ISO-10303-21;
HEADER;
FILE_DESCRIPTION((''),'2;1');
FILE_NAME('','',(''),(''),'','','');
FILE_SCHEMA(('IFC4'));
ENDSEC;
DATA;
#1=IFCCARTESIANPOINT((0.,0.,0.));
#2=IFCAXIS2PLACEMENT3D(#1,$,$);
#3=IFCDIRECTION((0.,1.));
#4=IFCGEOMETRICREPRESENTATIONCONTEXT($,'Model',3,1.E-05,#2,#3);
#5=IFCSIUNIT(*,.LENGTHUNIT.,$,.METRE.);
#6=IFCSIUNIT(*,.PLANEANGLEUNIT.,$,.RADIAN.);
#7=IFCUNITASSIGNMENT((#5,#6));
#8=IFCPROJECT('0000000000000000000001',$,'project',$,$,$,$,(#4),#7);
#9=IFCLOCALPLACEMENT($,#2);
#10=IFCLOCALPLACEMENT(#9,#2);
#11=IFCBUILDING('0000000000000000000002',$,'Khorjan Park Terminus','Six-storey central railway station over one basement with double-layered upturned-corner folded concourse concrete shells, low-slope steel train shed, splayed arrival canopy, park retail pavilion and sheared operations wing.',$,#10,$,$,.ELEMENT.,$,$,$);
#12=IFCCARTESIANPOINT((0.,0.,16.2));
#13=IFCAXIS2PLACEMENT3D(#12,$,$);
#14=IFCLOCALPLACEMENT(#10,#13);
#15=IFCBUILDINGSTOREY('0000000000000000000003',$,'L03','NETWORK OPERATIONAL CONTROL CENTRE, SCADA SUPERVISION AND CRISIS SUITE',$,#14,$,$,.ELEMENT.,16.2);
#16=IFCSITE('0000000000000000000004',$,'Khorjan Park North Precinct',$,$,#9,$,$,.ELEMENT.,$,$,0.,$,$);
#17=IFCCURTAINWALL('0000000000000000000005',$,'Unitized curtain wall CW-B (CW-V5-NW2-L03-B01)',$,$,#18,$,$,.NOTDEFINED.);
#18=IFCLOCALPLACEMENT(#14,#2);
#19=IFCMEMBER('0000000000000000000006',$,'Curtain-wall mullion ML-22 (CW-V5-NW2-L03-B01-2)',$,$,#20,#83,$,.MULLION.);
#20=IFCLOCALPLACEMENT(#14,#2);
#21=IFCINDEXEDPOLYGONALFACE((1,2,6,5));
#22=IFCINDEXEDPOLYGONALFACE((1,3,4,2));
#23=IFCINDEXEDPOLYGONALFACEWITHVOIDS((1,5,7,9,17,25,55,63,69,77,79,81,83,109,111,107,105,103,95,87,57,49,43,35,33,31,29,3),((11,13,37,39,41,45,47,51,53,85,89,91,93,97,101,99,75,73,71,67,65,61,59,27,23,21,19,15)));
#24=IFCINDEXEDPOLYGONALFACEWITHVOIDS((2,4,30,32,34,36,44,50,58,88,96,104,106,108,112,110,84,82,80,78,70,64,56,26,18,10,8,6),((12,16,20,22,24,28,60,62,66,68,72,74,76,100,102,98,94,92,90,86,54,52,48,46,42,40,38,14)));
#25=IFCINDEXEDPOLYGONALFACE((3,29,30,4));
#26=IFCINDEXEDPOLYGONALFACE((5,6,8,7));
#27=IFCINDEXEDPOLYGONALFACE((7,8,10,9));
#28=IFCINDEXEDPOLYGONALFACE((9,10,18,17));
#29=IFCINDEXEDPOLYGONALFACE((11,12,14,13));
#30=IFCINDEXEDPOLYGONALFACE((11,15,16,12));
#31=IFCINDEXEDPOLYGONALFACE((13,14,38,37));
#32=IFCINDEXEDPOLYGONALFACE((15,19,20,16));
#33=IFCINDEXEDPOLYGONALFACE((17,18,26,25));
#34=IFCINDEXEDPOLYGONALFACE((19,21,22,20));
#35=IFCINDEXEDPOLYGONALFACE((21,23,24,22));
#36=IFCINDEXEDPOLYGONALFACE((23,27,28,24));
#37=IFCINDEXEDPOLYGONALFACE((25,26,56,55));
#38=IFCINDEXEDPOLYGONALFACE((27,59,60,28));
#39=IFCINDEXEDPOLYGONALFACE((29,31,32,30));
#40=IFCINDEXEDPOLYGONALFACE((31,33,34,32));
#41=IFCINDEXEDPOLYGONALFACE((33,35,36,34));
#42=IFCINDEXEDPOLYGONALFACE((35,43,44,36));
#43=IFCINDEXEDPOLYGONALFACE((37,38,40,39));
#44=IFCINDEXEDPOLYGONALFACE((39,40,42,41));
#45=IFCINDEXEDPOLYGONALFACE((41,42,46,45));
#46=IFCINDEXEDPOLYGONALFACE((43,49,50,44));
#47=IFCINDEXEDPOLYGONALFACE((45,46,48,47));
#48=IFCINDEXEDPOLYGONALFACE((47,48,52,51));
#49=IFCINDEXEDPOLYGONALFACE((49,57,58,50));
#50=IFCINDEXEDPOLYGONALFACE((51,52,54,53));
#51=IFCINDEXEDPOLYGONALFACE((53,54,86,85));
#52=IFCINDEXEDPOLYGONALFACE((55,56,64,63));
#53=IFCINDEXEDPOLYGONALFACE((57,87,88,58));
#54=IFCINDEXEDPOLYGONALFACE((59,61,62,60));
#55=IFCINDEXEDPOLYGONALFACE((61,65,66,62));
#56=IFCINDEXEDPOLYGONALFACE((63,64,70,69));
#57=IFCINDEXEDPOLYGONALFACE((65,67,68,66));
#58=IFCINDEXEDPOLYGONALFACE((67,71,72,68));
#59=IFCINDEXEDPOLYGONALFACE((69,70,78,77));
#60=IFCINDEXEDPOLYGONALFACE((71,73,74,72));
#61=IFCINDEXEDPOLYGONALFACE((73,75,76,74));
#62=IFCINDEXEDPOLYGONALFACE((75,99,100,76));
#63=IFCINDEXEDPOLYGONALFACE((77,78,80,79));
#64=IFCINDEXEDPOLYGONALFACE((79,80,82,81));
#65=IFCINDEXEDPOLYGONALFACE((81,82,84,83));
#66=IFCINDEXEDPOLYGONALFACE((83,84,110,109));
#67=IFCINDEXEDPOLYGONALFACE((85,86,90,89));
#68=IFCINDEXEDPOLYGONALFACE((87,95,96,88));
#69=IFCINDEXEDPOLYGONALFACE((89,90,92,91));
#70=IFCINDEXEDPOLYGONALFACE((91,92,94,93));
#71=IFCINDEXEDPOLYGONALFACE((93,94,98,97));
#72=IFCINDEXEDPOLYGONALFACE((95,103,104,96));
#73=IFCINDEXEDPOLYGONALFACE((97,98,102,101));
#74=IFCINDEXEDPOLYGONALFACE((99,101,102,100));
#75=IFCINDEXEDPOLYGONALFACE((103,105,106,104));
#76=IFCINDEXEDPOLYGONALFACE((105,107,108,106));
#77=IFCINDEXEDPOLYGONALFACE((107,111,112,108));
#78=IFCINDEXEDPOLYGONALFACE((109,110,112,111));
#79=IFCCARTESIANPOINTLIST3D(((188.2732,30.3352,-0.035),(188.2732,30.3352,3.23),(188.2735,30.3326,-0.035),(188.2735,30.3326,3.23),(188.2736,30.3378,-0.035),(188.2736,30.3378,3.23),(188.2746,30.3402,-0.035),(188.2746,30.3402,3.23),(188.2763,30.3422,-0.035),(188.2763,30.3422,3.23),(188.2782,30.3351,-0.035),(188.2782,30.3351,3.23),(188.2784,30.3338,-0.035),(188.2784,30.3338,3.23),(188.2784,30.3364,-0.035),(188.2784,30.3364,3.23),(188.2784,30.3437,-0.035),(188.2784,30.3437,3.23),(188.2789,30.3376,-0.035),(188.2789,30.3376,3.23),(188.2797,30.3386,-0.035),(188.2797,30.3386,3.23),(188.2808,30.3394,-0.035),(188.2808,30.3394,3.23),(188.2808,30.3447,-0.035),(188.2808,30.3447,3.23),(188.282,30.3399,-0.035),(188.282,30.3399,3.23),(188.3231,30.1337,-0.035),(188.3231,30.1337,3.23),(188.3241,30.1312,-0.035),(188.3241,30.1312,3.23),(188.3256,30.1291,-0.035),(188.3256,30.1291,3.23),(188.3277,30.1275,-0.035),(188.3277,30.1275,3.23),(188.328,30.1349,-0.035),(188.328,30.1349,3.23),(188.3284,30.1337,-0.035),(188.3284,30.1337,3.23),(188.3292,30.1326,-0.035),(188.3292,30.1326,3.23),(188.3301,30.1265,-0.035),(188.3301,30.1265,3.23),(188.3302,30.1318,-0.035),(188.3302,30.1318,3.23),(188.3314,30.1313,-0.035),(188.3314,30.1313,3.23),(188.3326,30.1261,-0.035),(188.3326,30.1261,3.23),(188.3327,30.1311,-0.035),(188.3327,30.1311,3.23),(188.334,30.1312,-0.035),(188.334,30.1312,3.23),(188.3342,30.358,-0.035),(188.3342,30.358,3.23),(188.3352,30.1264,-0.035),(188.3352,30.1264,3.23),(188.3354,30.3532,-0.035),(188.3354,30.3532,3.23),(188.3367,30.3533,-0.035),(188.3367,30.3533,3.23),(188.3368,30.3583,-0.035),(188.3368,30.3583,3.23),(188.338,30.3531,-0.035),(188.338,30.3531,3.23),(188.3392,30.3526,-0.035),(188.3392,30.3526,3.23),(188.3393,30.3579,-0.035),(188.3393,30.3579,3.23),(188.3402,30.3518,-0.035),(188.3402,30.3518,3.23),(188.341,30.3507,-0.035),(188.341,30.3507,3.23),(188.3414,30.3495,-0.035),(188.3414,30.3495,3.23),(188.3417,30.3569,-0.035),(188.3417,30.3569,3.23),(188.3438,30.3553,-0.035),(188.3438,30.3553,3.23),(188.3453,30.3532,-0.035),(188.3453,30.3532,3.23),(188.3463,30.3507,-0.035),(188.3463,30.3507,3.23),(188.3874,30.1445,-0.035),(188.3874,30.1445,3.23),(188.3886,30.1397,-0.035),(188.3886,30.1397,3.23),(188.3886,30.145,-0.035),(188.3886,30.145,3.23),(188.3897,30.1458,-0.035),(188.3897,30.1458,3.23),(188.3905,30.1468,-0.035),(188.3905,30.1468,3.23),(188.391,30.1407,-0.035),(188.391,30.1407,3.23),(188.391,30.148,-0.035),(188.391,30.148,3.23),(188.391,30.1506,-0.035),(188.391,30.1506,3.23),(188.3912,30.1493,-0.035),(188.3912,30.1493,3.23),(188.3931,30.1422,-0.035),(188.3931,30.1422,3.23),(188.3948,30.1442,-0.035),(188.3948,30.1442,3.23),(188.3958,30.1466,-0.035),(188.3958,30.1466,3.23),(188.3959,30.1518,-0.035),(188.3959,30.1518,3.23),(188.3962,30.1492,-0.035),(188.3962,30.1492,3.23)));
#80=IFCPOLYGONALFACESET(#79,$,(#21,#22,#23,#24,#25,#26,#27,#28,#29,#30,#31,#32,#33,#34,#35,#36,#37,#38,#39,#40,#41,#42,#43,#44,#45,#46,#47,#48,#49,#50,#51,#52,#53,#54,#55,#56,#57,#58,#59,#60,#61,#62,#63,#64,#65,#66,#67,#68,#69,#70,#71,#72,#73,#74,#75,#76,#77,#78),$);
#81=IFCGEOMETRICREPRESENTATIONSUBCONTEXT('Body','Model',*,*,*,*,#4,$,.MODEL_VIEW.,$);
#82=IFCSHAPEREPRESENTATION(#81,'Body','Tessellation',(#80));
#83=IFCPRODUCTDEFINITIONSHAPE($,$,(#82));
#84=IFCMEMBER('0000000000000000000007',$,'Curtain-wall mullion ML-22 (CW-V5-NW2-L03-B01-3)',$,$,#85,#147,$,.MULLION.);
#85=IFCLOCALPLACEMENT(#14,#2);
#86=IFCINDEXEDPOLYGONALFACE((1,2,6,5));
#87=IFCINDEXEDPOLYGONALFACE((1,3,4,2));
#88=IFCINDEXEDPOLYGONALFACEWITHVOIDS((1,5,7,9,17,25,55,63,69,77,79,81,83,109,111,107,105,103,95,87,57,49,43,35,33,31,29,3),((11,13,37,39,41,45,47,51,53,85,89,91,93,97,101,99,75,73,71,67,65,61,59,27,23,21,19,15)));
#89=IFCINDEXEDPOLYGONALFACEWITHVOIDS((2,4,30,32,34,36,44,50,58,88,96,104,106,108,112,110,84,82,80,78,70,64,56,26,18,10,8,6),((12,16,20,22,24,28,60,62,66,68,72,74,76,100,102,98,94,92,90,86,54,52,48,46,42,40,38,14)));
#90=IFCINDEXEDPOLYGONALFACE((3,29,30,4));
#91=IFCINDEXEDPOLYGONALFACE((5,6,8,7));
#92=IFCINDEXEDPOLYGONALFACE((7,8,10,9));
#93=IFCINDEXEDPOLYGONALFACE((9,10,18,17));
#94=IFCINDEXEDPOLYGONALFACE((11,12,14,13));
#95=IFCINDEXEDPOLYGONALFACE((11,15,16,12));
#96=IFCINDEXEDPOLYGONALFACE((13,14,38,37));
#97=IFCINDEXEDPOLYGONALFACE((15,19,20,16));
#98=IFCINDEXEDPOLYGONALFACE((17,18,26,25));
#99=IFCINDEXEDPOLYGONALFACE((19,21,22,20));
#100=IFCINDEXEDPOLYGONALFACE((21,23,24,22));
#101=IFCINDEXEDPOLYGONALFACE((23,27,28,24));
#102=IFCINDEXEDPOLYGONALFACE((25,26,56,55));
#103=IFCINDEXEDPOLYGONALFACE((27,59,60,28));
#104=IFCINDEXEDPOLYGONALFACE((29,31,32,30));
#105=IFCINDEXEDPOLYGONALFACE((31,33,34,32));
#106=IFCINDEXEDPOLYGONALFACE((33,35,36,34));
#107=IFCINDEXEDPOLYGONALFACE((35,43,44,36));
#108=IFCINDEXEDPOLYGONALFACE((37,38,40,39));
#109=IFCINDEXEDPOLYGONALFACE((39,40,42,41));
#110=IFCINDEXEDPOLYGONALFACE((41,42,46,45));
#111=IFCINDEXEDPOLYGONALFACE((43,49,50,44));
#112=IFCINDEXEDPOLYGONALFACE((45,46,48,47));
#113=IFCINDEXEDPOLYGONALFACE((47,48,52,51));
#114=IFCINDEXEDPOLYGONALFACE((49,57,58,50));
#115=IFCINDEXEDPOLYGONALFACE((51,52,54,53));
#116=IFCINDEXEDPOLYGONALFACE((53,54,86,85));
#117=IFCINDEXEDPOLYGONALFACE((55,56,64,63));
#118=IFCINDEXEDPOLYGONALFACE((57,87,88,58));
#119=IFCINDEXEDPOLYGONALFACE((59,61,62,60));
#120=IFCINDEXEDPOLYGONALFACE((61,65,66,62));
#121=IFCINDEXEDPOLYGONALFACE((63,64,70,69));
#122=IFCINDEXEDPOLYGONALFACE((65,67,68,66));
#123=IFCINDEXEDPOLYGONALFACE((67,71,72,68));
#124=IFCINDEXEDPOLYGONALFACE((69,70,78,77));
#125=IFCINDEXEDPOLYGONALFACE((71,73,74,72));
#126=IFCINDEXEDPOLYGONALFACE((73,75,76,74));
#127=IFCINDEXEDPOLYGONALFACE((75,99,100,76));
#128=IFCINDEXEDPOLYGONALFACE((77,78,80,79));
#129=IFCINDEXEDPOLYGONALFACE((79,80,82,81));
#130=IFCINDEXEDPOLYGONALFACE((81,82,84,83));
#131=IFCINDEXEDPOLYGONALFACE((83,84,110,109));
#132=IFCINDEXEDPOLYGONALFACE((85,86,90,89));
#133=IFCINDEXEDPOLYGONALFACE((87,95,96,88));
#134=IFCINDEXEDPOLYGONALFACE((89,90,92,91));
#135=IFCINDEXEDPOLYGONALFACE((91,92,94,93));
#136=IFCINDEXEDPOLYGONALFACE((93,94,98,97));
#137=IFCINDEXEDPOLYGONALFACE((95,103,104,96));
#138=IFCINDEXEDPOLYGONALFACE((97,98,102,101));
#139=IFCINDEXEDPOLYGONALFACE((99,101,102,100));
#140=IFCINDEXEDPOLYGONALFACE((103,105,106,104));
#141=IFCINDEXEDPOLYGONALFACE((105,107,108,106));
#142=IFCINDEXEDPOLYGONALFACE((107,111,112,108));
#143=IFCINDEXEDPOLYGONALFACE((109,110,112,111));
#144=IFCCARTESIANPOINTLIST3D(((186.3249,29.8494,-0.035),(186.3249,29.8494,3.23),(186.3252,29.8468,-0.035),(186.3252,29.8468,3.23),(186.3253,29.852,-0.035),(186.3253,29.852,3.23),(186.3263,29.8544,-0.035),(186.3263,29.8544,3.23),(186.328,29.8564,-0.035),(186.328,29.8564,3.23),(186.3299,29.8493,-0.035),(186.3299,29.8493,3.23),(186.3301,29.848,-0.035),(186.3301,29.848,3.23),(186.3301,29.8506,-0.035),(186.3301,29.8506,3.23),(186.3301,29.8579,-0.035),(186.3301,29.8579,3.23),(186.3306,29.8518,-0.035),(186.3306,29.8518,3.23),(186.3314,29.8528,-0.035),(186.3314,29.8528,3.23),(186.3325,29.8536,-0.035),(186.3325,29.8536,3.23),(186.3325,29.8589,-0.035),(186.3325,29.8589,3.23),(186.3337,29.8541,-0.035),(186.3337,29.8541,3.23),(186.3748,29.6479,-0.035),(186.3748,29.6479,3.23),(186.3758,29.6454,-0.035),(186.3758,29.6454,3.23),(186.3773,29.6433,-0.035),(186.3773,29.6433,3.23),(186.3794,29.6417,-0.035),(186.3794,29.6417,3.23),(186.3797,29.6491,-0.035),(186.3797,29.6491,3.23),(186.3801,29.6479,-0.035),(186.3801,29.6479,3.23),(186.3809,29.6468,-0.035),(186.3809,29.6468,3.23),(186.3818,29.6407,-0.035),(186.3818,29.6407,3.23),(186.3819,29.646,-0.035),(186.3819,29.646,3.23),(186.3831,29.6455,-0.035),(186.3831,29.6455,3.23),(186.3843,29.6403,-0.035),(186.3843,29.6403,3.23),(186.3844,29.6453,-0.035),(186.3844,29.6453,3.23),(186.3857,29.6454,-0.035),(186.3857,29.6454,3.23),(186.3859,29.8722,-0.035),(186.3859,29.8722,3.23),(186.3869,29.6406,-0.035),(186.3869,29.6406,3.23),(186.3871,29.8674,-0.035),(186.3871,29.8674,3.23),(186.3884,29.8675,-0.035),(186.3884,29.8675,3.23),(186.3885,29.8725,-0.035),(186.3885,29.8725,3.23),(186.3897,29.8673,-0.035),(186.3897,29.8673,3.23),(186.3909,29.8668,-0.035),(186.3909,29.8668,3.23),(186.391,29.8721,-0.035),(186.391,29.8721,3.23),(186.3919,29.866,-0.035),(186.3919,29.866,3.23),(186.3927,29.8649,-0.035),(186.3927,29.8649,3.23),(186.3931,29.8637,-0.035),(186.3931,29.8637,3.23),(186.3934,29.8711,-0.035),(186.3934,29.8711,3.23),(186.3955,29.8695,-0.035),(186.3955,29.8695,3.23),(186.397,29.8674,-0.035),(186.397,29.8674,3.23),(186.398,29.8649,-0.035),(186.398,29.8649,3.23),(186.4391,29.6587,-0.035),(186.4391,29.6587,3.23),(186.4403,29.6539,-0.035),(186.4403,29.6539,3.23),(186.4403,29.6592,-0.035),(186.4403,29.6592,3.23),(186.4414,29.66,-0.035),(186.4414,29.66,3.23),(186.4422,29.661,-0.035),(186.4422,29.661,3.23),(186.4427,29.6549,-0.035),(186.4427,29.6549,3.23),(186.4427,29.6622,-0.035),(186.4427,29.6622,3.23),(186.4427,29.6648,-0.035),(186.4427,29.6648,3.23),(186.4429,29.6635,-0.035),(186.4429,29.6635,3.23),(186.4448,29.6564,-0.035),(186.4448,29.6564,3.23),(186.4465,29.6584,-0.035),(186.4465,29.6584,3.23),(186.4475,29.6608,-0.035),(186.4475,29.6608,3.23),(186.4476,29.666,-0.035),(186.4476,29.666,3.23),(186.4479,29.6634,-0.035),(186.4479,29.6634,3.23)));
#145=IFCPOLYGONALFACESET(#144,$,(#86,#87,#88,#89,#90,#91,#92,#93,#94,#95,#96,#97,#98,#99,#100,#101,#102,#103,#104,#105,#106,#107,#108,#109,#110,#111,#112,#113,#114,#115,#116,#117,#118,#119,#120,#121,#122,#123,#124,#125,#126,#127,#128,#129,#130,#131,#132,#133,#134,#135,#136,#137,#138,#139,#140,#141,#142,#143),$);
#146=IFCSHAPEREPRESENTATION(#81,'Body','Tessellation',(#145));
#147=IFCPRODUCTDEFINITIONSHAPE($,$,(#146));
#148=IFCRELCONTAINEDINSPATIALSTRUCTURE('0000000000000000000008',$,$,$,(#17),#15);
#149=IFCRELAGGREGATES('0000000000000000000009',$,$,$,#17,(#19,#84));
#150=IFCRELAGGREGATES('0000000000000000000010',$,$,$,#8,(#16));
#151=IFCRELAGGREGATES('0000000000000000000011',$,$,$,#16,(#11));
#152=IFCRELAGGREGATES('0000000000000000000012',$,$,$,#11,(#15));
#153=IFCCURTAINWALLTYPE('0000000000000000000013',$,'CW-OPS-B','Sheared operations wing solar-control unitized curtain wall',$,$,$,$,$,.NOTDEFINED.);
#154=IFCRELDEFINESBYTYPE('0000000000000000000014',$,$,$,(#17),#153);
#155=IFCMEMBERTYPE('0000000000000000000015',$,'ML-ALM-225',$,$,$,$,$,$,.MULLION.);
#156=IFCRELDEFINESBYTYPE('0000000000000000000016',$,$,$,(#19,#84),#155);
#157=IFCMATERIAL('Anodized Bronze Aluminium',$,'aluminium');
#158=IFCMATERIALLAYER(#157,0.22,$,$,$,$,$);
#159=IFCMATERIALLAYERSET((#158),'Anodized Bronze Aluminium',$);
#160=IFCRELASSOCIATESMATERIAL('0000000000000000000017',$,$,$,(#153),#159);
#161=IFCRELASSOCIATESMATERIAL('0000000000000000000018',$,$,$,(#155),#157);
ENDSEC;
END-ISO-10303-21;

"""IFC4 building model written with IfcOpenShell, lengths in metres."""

from ifc_helpers import new_model, si_unit, direction, frame, origin, origin_2d, place, context, subcontext, project, spatial, hollow_rectangle, extrude, material, layer, layer_set, material_profile, profile_set, type_object, element, aggregate, save


model = new_model("IFC4")

# Units and contexts
model_context = context("Model", 3, precision=1e-05, world=origin(), true_north=direction((0.0, 1.0)))
body_context = subcontext(model_context, "Body", "Model", "MODEL_VIEW")
ifc_project = project(units=[si_unit("LENGTHUNIT", "METRE"), si_unit("PLANEANGLEUNIT", "RADIAN")], contexts=[model_context])

# Site, building, storey
site_placement = place(None, origin())
site = spatial("IfcSite", under=ifc_project, at=site_placement, Name="Khorjan Park North Precinct", CompositionType="ELEMENT", RefElevation=0.0)
building_placement = place(site_placement, origin())
building = spatial("IfcBuilding", under=site, at=building_placement, Name="Khorjan Park Terminus", Description="Six-storey central railway station over one basement with double-layered upturned-corner folded concourse concrete shells, low-slope steel train shed, splayed arrival canopy, park retail pavilion and sheared operations wing.", CompositionType="ELEMENT")
storey_placement = place(building_placement, frame((0.0, 0.0, 16.2)))
storey = spatial("IfcBuildingStorey", under=building, at=storey_placement, Name="L03", Description="NETWORK OPERATIONAL CONTROL CENTRE, SCADA SUPERVISION AND CRISIS SUITE", CompositionType="ELEMENT", Elevation=16.2)

# Curtain wall, members
ifc_material_1 = material(Name="Anodized Bronze Aluminium", Category="aluminium")
ifc_layer_1 = layer(ifc_material_1, 0.22)
ifc_layer_set_1 = layer_set([ifc_layer_1], Name="Anodized Bronze Aluminium")
curtain_wall_type = type_object("IfcCurtainWallType", Name="CW-OPS-B", Description="Sheared operations wing solar-control unitized curtain wall", PredefinedType="NOTDEFINED", material=ifc_layer_set_1)
ifc_material_profile_1 = material_profile(ifc_material_1, hollow_rectangle(XDim=0.075, YDim=0.225, WallThickness=0.005, InnerFilletRadius=0.005, OuterFilletRadius=0.01, at=origin_2d()), Name="ALM 75x225x5")
ifc_profile_set_1 = profile_set([ifc_material_profile_1], Name="Anodized Bronze Aluminium")
member_type_1 = type_object("IfcMemberType", Name="ML-ALM-225", PredefinedType="MULLION", material=ifc_profile_set_1)
curtain_wall_1_placement = place(storey_placement, origin())
curtain_wall_1 = element("IfcCurtainWall", 1, at=curtain_wall_1_placement, inside=storey, type_object=curtain_wall_type, Name="Unitized curtain wall CW-B (CW-V5-NW2-L03-B01)", PredefinedType="NOTDEFINED")
member_1_placement = place(storey_placement, frame((188.3347, 30.2422, -0.035), z_axis=(0.0, 0.0, 1.0), x_axis=(-0.970296, -0.241919, 0.0)))
member_1 = element("IfcMember", 2, at=member_1_placement, type_object=member_type_1, Name="Curtain-wall mullion ML-22 (CW-V5-NW2-L03-B01-2)", PredefinedType="MULLION", context=body_context, shape_type="SweptSolid", body=[
    extrude(hollow_rectangle(XDim=0.075, YDim=0.225, WallThickness=0.005, InnerFilletRadius=0.005, OuterFilletRadius=0.01, at=origin_2d()), origin(), (0.0, 0.0, 1.0), 3.265),
])
member_2_placement = place(storey_placement, frame((186.3864, 29.7564, -0.035), z_axis=(0.0, 0.0, 1.0), x_axis=(-0.970296, -0.241919, 0.0)))
member_2 = element("IfcMember", 3, at=member_2_placement, type_object=member_type_1, Name="Curtain-wall mullion ML-22 (CW-V5-NW2-L03-B01-3)", PredefinedType="MULLION", context=body_context, shape_type="SweptSolid", body=[
    extrude(hollow_rectangle(XDim=0.075, YDim=0.225, WallThickness=0.005, InnerFilletRadius=0.005, OuterFilletRadius=0.01, at=origin_2d()), origin(), (0.0, 0.0, 1.0), 3.265),
])

aggregate(curtain_wall_1, [member_1, member_2])

save(model, "model.ifc")
